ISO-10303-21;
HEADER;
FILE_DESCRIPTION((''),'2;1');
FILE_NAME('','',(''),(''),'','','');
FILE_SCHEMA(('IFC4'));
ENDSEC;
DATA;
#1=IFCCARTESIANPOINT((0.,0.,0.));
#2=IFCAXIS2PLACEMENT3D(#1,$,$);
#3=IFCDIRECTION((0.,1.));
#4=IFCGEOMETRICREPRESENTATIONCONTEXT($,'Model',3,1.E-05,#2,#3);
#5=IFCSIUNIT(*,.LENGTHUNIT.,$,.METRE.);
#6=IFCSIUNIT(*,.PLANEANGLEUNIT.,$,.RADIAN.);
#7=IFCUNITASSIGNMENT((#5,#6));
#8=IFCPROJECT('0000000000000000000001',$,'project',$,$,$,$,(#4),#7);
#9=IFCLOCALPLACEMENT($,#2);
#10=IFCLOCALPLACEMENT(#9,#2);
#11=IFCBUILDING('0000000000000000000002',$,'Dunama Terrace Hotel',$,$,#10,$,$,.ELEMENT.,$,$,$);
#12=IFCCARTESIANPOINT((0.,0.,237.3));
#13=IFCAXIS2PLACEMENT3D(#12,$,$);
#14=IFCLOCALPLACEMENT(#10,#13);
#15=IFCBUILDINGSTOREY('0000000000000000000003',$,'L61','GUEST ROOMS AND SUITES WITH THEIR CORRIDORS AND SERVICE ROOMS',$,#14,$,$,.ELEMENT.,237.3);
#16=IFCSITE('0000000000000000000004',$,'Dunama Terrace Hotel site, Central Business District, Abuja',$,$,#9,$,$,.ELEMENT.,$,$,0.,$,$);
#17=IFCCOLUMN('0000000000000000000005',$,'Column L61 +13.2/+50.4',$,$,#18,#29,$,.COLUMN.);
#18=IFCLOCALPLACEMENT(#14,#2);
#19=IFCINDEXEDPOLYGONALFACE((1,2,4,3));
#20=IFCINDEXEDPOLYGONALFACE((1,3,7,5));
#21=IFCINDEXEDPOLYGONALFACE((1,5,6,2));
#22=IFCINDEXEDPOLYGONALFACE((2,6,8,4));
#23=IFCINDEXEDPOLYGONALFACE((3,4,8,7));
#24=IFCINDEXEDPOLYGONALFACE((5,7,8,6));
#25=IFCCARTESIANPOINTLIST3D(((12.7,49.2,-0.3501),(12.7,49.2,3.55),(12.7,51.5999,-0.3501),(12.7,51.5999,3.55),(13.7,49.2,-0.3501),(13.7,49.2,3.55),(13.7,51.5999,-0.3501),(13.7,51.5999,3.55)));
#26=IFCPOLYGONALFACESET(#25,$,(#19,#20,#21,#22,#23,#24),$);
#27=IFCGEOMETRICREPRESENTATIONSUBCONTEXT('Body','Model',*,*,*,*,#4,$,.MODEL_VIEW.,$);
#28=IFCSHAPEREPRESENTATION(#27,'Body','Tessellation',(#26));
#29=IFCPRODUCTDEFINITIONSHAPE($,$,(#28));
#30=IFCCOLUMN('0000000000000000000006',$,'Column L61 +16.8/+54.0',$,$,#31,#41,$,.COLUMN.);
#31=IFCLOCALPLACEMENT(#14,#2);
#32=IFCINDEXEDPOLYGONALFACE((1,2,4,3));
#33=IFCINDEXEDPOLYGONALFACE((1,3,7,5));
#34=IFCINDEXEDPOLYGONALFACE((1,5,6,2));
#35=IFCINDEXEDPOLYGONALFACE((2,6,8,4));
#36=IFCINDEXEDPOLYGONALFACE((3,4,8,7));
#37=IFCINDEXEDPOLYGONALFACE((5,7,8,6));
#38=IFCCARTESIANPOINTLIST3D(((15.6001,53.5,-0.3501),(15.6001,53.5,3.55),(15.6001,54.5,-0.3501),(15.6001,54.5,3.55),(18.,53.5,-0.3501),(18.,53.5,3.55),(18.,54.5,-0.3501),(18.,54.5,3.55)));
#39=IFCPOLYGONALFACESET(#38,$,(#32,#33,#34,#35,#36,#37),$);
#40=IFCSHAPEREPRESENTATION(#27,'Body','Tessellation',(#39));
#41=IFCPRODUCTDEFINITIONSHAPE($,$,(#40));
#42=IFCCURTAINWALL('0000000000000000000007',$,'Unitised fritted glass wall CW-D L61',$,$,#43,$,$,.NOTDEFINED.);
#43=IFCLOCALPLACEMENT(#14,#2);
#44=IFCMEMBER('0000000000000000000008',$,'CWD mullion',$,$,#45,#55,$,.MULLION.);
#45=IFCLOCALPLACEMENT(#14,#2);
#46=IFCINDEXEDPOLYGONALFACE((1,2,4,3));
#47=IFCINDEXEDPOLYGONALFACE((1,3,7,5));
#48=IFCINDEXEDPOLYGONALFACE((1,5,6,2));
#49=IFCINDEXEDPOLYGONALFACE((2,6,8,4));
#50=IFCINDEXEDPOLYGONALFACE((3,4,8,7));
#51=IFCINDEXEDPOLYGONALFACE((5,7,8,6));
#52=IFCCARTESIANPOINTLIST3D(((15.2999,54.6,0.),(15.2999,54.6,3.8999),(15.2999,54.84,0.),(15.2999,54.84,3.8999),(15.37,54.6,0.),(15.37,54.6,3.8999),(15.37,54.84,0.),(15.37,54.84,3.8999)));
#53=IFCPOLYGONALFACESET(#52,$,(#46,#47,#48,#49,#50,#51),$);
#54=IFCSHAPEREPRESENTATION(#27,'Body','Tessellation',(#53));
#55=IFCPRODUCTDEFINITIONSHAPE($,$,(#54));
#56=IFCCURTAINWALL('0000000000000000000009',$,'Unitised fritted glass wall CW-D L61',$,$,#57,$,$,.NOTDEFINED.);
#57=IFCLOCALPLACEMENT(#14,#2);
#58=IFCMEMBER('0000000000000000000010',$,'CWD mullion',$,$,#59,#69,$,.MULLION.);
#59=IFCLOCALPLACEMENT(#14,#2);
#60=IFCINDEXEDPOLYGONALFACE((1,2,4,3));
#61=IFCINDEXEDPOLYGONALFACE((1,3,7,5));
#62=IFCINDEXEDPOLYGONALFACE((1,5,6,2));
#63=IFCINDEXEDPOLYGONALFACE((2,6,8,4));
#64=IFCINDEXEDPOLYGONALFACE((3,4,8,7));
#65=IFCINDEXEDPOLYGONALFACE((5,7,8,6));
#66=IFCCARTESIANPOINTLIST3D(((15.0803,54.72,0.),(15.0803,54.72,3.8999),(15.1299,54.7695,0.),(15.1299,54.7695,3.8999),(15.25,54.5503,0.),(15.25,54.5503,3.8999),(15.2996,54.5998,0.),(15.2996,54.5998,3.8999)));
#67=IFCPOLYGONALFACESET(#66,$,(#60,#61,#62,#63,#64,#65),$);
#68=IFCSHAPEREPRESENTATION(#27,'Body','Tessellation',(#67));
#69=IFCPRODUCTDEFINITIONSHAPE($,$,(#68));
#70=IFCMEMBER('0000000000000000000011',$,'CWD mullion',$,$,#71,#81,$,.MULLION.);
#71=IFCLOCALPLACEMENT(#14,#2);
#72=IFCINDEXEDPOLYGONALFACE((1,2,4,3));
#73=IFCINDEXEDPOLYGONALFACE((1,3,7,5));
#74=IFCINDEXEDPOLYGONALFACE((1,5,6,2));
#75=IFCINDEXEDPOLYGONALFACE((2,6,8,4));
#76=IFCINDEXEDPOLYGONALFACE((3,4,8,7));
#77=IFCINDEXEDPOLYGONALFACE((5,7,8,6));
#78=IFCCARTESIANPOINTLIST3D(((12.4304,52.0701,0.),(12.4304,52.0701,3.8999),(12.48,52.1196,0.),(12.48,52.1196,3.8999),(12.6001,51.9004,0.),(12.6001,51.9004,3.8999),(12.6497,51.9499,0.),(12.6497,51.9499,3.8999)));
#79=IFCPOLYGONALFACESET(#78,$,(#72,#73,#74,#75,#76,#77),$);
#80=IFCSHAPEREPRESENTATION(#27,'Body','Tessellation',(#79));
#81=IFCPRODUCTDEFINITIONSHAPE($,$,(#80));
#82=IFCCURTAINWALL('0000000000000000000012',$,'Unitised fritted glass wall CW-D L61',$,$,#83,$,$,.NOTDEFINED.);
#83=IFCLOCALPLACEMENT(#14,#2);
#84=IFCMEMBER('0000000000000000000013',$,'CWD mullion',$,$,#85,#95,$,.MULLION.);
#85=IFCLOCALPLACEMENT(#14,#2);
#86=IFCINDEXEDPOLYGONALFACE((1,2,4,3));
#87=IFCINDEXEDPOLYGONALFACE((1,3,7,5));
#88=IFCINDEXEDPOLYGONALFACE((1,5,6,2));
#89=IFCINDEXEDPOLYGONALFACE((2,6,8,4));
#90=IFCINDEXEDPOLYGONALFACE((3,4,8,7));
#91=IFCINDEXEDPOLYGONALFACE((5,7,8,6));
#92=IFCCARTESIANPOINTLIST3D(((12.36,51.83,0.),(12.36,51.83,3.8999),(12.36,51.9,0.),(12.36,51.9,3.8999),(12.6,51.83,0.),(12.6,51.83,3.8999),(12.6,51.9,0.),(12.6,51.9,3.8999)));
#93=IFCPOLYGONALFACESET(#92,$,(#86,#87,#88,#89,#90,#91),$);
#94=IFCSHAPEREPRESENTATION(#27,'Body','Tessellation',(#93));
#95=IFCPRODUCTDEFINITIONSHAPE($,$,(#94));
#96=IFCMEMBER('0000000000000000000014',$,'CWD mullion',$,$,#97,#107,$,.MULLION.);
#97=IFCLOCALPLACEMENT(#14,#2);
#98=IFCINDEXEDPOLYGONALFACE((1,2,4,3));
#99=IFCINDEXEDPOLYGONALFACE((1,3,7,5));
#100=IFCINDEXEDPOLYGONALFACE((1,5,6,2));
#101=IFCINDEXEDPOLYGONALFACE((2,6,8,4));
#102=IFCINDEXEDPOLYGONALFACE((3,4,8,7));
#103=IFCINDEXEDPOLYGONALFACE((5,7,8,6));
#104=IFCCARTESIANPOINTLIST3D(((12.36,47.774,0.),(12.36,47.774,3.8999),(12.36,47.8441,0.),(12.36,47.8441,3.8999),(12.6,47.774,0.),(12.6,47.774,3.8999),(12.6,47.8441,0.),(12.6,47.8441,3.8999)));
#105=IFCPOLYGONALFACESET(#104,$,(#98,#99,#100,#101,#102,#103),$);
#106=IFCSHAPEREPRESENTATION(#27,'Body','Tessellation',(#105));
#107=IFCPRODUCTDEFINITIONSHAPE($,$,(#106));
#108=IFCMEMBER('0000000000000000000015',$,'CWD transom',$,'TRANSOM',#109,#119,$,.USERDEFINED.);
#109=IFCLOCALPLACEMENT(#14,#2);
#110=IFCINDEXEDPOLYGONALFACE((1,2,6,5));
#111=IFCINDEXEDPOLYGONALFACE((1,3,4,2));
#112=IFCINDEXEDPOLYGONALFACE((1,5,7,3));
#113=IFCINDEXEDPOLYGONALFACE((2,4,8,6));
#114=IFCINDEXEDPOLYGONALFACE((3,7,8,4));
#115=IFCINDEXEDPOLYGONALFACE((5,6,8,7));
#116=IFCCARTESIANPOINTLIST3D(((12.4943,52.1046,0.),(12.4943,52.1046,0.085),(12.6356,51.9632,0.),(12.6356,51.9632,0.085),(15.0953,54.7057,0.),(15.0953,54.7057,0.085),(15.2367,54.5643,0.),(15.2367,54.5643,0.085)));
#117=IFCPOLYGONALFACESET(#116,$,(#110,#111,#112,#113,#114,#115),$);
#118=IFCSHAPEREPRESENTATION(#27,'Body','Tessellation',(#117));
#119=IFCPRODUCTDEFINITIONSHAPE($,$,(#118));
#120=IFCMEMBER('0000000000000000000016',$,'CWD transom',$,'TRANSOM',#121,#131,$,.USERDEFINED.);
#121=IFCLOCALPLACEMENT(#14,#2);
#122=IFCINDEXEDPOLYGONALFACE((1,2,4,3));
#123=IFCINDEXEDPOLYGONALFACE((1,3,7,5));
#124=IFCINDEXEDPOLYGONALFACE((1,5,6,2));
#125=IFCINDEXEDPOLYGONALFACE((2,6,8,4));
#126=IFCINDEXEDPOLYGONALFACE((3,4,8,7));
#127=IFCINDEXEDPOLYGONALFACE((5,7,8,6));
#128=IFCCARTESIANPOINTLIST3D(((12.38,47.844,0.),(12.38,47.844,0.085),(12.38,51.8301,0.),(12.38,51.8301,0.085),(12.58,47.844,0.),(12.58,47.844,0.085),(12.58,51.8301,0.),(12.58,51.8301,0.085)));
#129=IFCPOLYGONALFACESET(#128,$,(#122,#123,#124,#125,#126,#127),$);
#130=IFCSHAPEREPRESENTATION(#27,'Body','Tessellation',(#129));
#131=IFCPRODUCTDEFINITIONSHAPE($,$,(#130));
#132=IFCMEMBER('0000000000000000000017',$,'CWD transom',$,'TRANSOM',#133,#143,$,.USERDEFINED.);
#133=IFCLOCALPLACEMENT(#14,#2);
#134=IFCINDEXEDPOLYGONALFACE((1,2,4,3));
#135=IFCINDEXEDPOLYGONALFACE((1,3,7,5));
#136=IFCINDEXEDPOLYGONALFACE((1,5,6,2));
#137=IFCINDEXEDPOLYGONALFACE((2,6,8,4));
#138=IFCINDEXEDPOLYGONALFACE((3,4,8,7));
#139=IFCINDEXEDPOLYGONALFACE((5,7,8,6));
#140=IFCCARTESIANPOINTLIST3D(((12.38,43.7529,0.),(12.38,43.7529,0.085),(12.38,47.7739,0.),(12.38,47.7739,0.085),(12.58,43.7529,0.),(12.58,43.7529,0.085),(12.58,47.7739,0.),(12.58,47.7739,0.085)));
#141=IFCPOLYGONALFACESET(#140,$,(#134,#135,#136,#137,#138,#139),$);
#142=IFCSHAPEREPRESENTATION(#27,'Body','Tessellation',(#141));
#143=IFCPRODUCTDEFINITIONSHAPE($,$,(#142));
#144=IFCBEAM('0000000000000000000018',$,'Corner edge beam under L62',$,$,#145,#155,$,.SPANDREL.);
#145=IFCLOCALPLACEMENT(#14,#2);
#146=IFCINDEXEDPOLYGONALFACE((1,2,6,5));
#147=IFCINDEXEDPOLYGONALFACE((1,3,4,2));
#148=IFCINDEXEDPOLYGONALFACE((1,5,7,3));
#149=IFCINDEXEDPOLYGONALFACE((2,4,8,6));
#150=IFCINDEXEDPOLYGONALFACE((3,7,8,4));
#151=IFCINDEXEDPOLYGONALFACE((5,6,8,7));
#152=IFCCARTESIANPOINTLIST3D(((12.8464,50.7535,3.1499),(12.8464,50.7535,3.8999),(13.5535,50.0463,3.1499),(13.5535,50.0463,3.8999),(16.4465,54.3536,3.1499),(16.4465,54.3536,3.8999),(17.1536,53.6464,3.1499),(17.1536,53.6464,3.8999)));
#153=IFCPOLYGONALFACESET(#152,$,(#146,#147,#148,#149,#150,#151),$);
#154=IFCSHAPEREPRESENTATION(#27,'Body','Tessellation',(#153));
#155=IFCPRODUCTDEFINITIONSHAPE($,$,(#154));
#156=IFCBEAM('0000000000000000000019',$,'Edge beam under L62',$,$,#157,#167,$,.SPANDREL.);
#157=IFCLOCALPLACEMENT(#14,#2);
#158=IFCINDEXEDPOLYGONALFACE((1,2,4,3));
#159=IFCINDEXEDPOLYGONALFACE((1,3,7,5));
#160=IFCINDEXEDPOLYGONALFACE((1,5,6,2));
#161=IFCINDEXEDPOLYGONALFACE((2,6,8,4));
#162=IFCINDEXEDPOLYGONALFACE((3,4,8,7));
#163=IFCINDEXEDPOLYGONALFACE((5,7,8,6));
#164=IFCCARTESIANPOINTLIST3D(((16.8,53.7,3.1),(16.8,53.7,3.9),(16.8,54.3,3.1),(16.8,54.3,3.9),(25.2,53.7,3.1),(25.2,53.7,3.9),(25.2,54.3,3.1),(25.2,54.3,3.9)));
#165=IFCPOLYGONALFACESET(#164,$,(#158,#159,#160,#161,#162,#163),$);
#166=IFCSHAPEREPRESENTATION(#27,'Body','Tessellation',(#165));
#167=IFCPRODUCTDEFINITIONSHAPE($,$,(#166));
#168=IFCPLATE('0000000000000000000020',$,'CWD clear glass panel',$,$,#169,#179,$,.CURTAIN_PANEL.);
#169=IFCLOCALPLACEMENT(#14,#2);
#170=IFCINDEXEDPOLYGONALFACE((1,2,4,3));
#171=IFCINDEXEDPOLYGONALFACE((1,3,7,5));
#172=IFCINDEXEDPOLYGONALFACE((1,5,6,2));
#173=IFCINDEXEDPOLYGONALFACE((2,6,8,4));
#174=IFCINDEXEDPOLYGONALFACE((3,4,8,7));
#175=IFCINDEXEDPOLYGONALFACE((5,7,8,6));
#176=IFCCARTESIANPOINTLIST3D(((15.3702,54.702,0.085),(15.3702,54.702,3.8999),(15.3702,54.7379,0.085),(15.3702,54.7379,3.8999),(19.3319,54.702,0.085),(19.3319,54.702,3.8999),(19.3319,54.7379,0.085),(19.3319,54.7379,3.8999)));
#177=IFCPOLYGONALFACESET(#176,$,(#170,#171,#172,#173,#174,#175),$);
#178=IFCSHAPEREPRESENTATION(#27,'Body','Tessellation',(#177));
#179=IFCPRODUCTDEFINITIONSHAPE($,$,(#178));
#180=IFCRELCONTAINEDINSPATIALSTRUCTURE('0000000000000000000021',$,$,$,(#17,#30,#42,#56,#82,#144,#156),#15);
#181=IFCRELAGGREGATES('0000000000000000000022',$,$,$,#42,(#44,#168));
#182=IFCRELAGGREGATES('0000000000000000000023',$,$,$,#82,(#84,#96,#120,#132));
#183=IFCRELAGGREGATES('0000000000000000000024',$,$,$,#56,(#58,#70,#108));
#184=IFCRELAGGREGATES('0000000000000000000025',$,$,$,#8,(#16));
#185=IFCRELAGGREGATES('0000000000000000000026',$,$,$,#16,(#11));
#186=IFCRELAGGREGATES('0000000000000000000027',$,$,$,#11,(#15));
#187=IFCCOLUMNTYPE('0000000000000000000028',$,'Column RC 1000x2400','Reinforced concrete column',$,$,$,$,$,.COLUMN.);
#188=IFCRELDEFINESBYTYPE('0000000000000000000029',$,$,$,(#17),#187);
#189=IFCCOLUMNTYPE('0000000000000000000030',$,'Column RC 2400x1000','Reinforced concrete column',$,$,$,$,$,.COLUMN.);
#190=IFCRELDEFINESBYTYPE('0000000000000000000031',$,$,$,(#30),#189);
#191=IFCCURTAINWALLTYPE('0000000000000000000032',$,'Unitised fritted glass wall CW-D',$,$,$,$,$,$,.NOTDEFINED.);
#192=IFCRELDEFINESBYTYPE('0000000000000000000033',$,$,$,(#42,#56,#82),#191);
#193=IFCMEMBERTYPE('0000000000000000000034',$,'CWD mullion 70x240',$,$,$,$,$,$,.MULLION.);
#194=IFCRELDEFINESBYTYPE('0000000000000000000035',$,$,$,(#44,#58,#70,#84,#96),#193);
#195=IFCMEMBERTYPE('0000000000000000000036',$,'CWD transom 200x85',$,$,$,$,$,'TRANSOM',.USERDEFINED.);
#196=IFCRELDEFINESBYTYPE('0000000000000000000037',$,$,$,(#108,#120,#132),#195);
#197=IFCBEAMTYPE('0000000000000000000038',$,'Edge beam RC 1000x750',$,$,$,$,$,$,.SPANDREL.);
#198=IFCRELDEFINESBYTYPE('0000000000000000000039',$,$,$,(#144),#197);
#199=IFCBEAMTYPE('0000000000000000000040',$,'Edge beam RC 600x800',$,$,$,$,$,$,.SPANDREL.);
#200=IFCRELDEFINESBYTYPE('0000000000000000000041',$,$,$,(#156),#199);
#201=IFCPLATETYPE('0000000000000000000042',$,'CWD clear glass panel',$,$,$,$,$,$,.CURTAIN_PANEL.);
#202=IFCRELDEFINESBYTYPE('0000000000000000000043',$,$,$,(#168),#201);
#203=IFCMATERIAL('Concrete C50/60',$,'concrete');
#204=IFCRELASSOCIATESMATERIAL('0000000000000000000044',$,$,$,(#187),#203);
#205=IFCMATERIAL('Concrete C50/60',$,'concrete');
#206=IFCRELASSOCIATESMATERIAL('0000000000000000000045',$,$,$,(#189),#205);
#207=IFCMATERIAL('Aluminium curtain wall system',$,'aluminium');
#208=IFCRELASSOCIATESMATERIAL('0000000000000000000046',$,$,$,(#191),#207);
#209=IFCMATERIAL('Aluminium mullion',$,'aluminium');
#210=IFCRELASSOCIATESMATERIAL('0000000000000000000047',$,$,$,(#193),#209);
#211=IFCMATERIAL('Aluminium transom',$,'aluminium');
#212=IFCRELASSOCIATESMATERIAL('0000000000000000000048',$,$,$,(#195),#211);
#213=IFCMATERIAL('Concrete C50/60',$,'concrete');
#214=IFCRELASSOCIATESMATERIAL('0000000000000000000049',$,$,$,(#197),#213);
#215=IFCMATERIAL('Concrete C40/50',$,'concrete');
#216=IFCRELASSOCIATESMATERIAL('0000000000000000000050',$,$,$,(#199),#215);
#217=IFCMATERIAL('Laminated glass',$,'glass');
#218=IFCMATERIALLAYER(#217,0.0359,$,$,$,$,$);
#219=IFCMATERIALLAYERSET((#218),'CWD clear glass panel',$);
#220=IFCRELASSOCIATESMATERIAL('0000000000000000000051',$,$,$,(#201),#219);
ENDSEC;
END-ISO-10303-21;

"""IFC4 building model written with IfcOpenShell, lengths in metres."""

from ifc_helpers import new_model, si_unit, direction, frame, origin, origin_2d, place, context, subcontext, project, spatial, rectangle, extrude, material, layer, layer_set, material_profile, profile_set, type_object, element, aggregate, save


model = new_model("IFC4")

# Units and contexts
model_context = context("Model", 3, precision=1e-05, world=origin(), true_north=direction((0.0, 1.0)))
body_context = subcontext(model_context, "Body", "Model", "MODEL_VIEW")
ifc_project = project(units=[si_unit("LENGTHUNIT", "METRE"), si_unit("PLANEANGLEUNIT", "RADIAN")], contexts=[model_context])

# Site, building, storey
site_placement = place(None, origin())
site = spatial("IfcSite", under=ifc_project, at=site_placement, Name="Dunama Terrace Hotel site, Central Business District, Abuja", CompositionType="ELEMENT", RefElevation=0.0)
building_placement = place(site_placement, origin())
building = spatial("IfcBuilding", under=site, at=building_placement, Name="Dunama Terrace Hotel", CompositionType="ELEMENT")
storey_placement = place(building_placement, frame((0.0, 0.0, 237.3)))
storey = spatial("IfcBuildingStorey", under=building, at=storey_placement, Name="L61", Description="GUEST ROOMS AND SUITES WITH THEIR CORRIDORS AND SERVICE ROOMS", CompositionType="ELEMENT", Elevation=237.3)

# Columns
ifc_material_1 = material(Name="Concrete C50/60", Category="concrete")
ifc_material_profile_1 = material_profile(ifc_material_1, rectangle(XDim=1.0, YDim=2.3999, at=origin_2d()), Name="RC 1000x2400")
ifc_profile_set_1 = profile_set([ifc_material_profile_1], Name="Concrete C50/60")
column_type_1 = type_object("IfcColumnType", Name="Column RC 1000x2400", Description="Reinforced concrete column", PredefinedType="COLUMN", material=ifc_profile_set_1)
column_1_placement = place(storey_placement, frame((13.2, 50.3999, -0.3501), z_axis=(0.0, 0.0, 1.0), x_axis=(1.0, 0.0, 0.0)))
element("IfcColumn", 1, at=column_1_placement, inside=storey, type_object=column_type_1, Name="Column L61 +13.2/+50.4", PredefinedType="COLUMN", context=body_context, shape_type="SweptSolid", body=[
    extrude(rectangle(XDim=1.0, YDim=2.3999, at=origin_2d()), origin(), (0.0, 0.0, 1.0), 3.9001),
])
ifc_material_2 = material(Name="Concrete C50/60", Category="concrete")
ifc_material_profile_2 = material_profile(ifc_material_2, rectangle(XDim=2.3999, YDim=1.0, at=origin_2d()), Name="RC 2400x1000")
ifc_profile_set_2 = profile_set([ifc_material_profile_2], Name="Concrete C50/60")
column_type_2 = type_object("IfcColumnType", Name="Column RC 2400x1000", Description="Reinforced concrete column", PredefinedType="COLUMN", material=ifc_profile_set_2)
column_2_placement = place(storey_placement, frame((16.8, 54.0, -0.3501), z_axis=(0.0, 0.0, 1.0), x_axis=(1.0, 0.0, 0.0)))
element("IfcColumn", 2, at=column_2_placement, inside=storey, type_object=column_type_2, Name="Column L61 +16.8/+54.0", PredefinedType="COLUMN", context=body_context, shape_type="SweptSolid", body=[
    extrude(rectangle(XDim=2.3999, YDim=1.0, at=origin_2d()), origin(), (0.0, 0.0, 1.0), 3.9001),
])

# Curtain wall, member
ifc_material_3 = material(Name="Aluminium curtain wall system", Category="aluminium")
curtain_wall_type = type_object("IfcCurtainWallType", Name="Unitised fritted glass wall CW-D", PredefinedType="NOTDEFINED", material=ifc_material_3)
curtain_wall_1_placement = place(storey_placement, origin())
curtain_wall_1 = element("IfcCurtainWall", 3, at=curtain_wall_1_placement, inside=storey, type_object=curtain_wall_type, Name="Unitised fritted glass wall CW-D L61", PredefinedType="NOTDEFINED")
ifc_material_4 = material(Name="Aluminium mullion", Category="aluminium")
ifc_material_profile_3 = material_profile(ifc_material_4, rectangle(XDim=0.0701, YDim=0.24, at=origin_2d()), Name="CWD MULLION 70X240")
ifc_profile_set_3 = profile_set([ifc_material_profile_3], Name="Aluminium mullion")
member_type_1 = type_object("IfcMemberType", Name="CWD mullion 70x240", PredefinedType="MULLION", material=ifc_profile_set_3)
member_1_placement = place(storey_placement, frame((15.335, 54.72, 0.0), z_axis=(0.0, 0.0, 1.0), x_axis=(-1.0, 0.0, 0.0)))
member_1 = element("IfcMember", 4, at=member_1_placement, type_object=member_type_1, Name="CWD mullion", PredefinedType="MULLION", context=body_context, shape_type="SweptSolid", body=[
    extrude(rectangle(XDim=0.0701, YDim=0.24, at=origin_2d()), origin(), (0.0, 0.0, 1.0), 3.8999),
])

# Curtain walls, members
curtain_wall_2_placement = place(storey_placement, origin())
curtain_wall_2 = element("IfcCurtainWall", 5, at=curtain_wall_2_placement, inside=storey, type_object=curtain_wall_type, Name="Unitised fritted glass wall CW-D L61", PredefinedType="NOTDEFINED")
member_2_placement = place(storey_placement, frame((15.1899, 54.6599, 0.0), z_axis=(0.0, 0.0, 1.0), x_axis=(-0.707107, -0.707107, 0.0)))
member_2 = element("IfcMember", 6, at=member_2_placement, type_object=member_type_1, Name="CWD mullion", PredefinedType="MULLION", context=body_context, shape_type="SweptSolid", body=[
    extrude(rectangle(XDim=0.0701, YDim=0.24, at=origin_2d()), origin(), (0.0, 0.0, 1.0), 3.8999),
])
member_3_placement = place(storey_placement, frame((12.54, 52.01, 0.0), z_axis=(0.0, 0.0, 1.0), x_axis=(-0.707107, -0.707107, 0.0)))
member_3 = element("IfcMember", 7, at=member_3_placement, type_object=member_type_1, Name="CWD mullion", PredefinedType="MULLION", context=body_context, shape_type="SweptSolid", body=[
    extrude(rectangle(XDim=0.0701, YDim=0.24, at=origin_2d()), origin(), (0.0, 0.0, 1.0), 3.8999),
])
curtain_wall_3_placement = place(storey_placement, origin())
curtain_wall_3 = element("IfcCurtainWall", 8, at=curtain_wall_3_placement, inside=storey, type_object=curtain_wall_type, Name="Unitised fritted glass wall CW-D L61", PredefinedType="NOTDEFINED")
member_4_placement = place(storey_placement, frame((12.48, 51.865, 0.0), z_axis=(0.0, 0.0, 1.0), x_axis=(0.0, -1.0, 0.0)))
member_4 = element("IfcMember", 9, at=member_4_placement, type_object=member_type_1, Name="CWD mullion", PredefinedType="MULLION", context=body_context, shape_type="SweptSolid", body=[
    extrude(rectangle(XDim=0.0701, YDim=0.24, at=origin_2d()), origin(), (0.0, 0.0, 1.0), 3.8999),
])
member_5_placement = place(storey_placement, frame((12.48, 47.8091, 0.0), z_axis=(0.0, 0.0, 1.0), x_axis=(0.0, -1.0, 0.0)))
member_5 = element("IfcMember", 10, at=member_5_placement, type_object=member_type_1, Name="CWD mullion", PredefinedType="MULLION", context=body_context, shape_type="SweptSolid", body=[
    extrude(rectangle(XDim=0.0701, YDim=0.24, at=origin_2d()), origin(), (0.0, 0.0, 1.0), 3.8999),
])

# Members
ifc_material_5 = material(Name="Aluminium transom", Category="aluminium")
ifc_material_profile_4 = material_profile(ifc_material_5, rectangle(XDim=0.2, YDim=0.085, at=origin_2d()), Name="CWD TRANSOM 200X85")
ifc_profile_set_4 = profile_set([ifc_material_profile_4], Name="Aluminium transom")
member_type_2 = type_object("IfcMemberType", Name="CWD transom 200x85", ElementType="TRANSOM", PredefinedType="USERDEFINED", material=ifc_profile_set_4)
member_6_placement = place(storey_placement, frame((15.166, 54.635, 0.0425), z_axis=(-0.707107, -0.707107, 0.0), x_axis=(0.707107, -0.707107, 0.0)))
member_6 = element("IfcMember", 11, at=member_6_placement, type_object=member_type_2, Name="CWD transom", ObjectType="TRANSOM", PredefinedType="USERDEFINED", context=body_context, shape_type="SweptSolid", body=[
    extrude(rectangle(XDim=0.2, YDim=0.085, at=origin_2d()), origin(), (0.0, 0.0, 1.0), 3.6785),
])
member_7_placement = place(storey_placement, frame((12.48, 51.8301, 0.0425), z_axis=(0.0, -1.0, 0.0), x_axis=(1.0, 0.0, 0.0)))
member_7 = element("IfcMember", 12, at=member_7_placement, type_object=member_type_2, Name="CWD transom", ObjectType="TRANSOM", PredefinedType="USERDEFINED", context=body_context, shape_type="SweptSolid", body=[
    extrude(rectangle(XDim=0.2, YDim=0.085, at=origin_2d()), origin(), (0.0, 0.0, 1.0), 3.9861),
])
member_8_placement = place(storey_placement, frame((12.48, 47.7739, 0.0425), z_axis=(0.0, -1.0, 0.0), x_axis=(1.0, 0.0, 0.0)))
member_8 = element("IfcMember", 13, at=member_8_placement, type_object=member_type_2, Name="CWD transom", ObjectType="TRANSOM", PredefinedType="USERDEFINED", context=body_context, shape_type="SweptSolid", body=[
    extrude(rectangle(XDim=0.2, YDim=0.085, at=origin_2d()), origin(), (0.0, 0.0, 1.0), 4.021),
])

# Beams
ifc_material_6 = material(Name="Concrete C50/60", Category="concrete")
ifc_material_profile_5 = material_profile(ifc_material_6, rectangle(XDim=1.0, YDim=0.75, at=origin_2d()), Name="RC 1000x750")
ifc_profile_set_5 = profile_set([ifc_material_profile_5], Name="Concrete C50/60")
beam_type_1 = type_object("IfcBeamType", Name="Edge beam RC 1000x750", PredefinedType="SPANDREL", material=ifc_profile_set_5)
beam_1_placement = place(storey_placement, frame((16.8, 54.0, 3.5249), z_axis=(-0.707107, -0.707107, 0.0), x_axis=(0.707107, -0.707107, 0.0)))
element("IfcBeam", 14, at=beam_1_placement, inside=storey, type_object=beam_type_1, Name="Corner edge beam under L62", PredefinedType="SPANDREL", context=body_context, shape_type="SweptSolid", body=[
    extrude(rectangle(XDim=1.0, YDim=0.75, at=origin_2d()), origin(), (0.0, 0.0, 1.0), 5.0913),
])
ifc_material_7 = material(Name="Concrete C40/50", Category="concrete")
ifc_material_profile_6 = material_profile(ifc_material_7, rectangle(XDim=0.6001, YDim=0.8, at=origin_2d()), Name="RC 600x800")
ifc_profile_set_6 = profile_set([ifc_material_profile_6], Name="Concrete C40/50")
beam_type_2 = type_object("IfcBeamType", Name="Edge beam RC 600x800", PredefinedType="SPANDREL", material=ifc_profile_set_6)
beam_2_placement = place(storey_placement, frame((16.8, 54.0, 3.5), z_axis=(1.0, 0.0, 0.0), x_axis=(0.0, 1.0, 0.0)))
element("IfcBeam", 15, at=beam_2_placement, inside=storey, type_object=beam_type_2, Name="Edge beam under L62", PredefinedType="SPANDREL", context=body_context, shape_type="SweptSolid", body=[
    extrude(rectangle(XDim=0.6001, YDim=0.8, at=origin_2d()), origin(), (0.0, 0.0, 1.0), 8.3999),
])

# Plate
ifc_material_8 = material(Name="Laminated glass", Category="glass")
ifc_layer_1 = layer(ifc_material_8, 0.0359)
ifc_layer_set_1 = layer_set([ifc_layer_1], Name="CWD clear glass panel")
plate_type_1 = type_object("IfcPlateType", Name="CWD clear glass panel", PredefinedType="CURTAIN_PANEL", material=ifc_layer_set_1)
plate_1_placement = place(storey_placement, frame((17.3511, 54.72, 0.085), z_axis=(0.0, 0.0, 1.0), x_axis=(-1.0, 0.0, 0.0)))
plate_1 = element("IfcPlate", 16, at=plate_1_placement, type_object=plate_type_1, Name="CWD clear glass panel", PredefinedType="CURTAIN_PANEL", context=body_context, shape_type="SweptSolid", body=[
    extrude(rectangle(XDim=3.9617, YDim=0.0359, at=origin_2d()), origin(), (0.0, 0.0, 1.0), 3.8149),
])
aggregate(curtain_wall_1, [member_1, plate_1])
aggregate(curtain_wall_3, [member_4, member_5, member_7, member_8])
aggregate(curtain_wall_2, [member_2, member_3, member_6])

save(model, "model.ifc")
